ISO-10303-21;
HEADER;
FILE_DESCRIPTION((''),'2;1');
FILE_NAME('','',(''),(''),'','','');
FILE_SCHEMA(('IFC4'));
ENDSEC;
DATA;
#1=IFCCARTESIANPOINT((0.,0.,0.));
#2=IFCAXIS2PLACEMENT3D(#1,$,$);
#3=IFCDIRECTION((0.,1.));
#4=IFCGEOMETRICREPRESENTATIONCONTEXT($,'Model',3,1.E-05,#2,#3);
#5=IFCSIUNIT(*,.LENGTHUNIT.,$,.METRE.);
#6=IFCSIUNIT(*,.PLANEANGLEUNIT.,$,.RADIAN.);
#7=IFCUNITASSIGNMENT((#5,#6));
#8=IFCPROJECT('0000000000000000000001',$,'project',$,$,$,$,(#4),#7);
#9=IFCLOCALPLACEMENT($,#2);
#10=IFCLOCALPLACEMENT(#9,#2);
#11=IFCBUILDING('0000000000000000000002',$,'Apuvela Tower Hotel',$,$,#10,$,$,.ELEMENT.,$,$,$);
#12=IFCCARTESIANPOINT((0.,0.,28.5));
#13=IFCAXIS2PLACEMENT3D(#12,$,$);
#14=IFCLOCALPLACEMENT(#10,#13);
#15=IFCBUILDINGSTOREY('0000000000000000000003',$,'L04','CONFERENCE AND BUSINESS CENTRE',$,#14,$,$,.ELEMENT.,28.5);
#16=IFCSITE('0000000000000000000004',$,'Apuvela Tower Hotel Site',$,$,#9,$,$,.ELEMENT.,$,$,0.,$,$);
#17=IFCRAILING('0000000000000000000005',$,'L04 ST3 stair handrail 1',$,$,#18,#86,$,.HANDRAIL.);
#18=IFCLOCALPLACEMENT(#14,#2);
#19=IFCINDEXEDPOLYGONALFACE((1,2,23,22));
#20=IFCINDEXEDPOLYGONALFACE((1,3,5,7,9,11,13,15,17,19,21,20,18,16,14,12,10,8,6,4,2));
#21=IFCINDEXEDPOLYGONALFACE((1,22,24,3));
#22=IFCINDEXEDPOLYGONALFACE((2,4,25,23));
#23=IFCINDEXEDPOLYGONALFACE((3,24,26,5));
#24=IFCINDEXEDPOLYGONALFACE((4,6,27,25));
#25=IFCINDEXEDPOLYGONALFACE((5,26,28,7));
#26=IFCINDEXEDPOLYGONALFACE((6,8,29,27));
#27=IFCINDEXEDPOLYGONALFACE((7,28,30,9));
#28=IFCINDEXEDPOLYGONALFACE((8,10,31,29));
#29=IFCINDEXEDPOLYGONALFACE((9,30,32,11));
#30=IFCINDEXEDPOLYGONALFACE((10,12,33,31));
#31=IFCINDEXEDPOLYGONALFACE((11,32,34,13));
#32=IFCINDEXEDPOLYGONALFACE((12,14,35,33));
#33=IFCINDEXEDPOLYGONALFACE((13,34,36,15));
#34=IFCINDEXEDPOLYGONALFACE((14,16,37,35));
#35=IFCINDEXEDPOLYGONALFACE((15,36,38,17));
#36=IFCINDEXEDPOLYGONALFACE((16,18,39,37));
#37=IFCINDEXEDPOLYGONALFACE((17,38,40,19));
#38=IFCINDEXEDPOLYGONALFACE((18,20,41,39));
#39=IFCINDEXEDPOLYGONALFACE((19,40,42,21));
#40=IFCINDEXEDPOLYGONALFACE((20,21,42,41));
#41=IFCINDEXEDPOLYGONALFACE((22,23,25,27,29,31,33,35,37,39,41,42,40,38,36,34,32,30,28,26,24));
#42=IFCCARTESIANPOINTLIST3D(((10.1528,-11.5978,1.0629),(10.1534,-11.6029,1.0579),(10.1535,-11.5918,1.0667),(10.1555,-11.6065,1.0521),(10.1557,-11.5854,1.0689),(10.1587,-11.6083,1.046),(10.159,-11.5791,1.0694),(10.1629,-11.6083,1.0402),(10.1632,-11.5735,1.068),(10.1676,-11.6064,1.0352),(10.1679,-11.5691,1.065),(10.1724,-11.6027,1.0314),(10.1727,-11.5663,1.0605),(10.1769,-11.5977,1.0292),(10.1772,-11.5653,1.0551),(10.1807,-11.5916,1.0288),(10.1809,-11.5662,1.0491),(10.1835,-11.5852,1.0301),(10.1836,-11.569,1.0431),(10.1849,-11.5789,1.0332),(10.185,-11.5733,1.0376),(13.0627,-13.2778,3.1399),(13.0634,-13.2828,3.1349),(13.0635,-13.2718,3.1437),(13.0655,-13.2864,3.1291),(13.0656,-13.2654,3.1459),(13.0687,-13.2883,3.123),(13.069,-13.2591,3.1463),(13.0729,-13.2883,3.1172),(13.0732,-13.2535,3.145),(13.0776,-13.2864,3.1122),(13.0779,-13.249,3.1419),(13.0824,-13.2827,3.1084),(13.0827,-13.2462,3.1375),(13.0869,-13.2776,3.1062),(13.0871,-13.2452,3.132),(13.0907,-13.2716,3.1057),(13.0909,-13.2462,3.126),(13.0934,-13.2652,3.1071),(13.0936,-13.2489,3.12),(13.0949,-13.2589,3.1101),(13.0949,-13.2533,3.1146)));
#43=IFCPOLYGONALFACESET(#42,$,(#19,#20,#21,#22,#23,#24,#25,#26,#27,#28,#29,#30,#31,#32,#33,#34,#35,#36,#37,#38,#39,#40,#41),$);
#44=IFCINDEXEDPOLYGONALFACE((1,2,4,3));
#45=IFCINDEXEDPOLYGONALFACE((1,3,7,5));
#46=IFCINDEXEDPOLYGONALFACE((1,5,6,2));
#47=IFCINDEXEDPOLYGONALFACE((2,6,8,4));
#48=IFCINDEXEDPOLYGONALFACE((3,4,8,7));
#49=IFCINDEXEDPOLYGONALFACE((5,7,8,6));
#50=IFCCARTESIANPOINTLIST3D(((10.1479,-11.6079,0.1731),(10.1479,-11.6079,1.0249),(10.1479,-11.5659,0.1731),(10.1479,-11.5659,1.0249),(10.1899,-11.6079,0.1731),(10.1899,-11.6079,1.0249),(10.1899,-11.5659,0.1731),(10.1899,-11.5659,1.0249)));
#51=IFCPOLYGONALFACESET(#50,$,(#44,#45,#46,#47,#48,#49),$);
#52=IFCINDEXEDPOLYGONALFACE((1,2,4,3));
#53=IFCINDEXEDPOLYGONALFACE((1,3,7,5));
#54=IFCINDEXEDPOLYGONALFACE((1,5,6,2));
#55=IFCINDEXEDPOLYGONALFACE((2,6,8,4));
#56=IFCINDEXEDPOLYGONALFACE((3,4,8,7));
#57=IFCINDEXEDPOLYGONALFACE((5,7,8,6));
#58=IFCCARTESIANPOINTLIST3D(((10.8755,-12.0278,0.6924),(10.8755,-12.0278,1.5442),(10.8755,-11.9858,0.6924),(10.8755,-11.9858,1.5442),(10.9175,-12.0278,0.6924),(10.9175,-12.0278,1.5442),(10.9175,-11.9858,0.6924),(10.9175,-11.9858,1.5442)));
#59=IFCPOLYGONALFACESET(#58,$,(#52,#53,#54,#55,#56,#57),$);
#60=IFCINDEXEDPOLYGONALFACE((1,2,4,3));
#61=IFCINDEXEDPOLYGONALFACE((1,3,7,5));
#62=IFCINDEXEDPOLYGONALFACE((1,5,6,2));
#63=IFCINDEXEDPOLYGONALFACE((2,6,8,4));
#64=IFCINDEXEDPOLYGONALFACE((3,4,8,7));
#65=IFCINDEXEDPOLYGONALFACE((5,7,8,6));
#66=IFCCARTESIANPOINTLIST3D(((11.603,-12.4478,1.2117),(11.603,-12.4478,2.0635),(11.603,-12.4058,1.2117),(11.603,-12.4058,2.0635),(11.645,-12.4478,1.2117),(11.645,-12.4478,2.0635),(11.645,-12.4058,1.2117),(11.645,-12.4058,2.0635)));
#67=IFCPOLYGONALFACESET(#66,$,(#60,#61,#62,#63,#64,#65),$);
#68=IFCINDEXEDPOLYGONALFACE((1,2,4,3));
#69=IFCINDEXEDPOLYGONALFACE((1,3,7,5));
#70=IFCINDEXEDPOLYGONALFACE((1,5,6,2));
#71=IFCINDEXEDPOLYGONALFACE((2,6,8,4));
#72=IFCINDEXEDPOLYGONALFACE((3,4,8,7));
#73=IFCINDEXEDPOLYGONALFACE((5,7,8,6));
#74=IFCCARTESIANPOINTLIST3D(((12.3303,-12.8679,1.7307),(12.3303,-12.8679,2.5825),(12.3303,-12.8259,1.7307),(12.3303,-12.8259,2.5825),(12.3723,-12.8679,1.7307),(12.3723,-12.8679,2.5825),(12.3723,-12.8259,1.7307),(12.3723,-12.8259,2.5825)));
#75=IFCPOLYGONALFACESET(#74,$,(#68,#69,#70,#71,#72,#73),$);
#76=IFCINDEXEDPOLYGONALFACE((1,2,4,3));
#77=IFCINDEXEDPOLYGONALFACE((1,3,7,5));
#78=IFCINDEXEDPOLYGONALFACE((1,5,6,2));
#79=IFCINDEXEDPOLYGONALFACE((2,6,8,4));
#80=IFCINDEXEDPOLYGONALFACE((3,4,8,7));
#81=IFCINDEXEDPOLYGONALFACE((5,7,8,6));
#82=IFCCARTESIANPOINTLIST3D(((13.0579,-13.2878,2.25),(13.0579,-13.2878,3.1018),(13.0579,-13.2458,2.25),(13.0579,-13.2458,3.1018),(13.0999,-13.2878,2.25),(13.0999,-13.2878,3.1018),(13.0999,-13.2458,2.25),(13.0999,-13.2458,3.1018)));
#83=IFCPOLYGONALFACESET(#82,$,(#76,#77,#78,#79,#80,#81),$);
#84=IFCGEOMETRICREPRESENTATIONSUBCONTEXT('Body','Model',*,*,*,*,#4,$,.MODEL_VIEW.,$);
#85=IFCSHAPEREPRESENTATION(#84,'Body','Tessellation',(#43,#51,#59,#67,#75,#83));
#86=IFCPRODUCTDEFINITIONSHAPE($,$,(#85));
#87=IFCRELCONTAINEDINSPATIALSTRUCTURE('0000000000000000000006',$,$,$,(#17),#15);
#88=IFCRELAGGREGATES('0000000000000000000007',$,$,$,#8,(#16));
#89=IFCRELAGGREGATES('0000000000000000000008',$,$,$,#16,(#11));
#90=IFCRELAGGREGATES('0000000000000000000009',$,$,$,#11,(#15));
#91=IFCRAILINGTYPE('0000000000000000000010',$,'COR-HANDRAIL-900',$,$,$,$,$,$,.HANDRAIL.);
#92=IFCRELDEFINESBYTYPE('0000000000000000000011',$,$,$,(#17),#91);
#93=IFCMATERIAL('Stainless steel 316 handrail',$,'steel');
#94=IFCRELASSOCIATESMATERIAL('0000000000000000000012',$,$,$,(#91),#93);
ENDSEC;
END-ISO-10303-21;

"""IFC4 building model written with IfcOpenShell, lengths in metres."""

from ifc_helpers import new_model, si_unit, direction, frame, origin, origin_2d, place, context, subcontext, project, spatial, rectangle, circle, extrude, material, type_object, element, save


model = new_model("IFC4")

# Units and contexts
model_context = context("Model", 3, precision=1e-05, world=origin(), true_north=direction((0.0, 1.0)))
body_context = subcontext(model_context, "Body", "Model", "MODEL_VIEW")
ifc_project = project(units=[si_unit("LENGTHUNIT", "METRE"), si_unit("PLANEANGLEUNIT", "RADIAN")], contexts=[model_context])

# Site, building, storey
site_placement = place(None, origin())
site = spatial("IfcSite", under=ifc_project, at=site_placement, Name="Apuvela Tower Hotel Site", CompositionType="ELEMENT", RefElevation=0.0)
building_placement = place(site_placement, origin())
building = spatial("IfcBuilding", under=site, at=building_placement, Name="Apuvela Tower Hotel", CompositionType="ELEMENT")
storey_placement = place(building_placement, frame((0.0, 0.0, 28.5)))
storey = spatial("IfcBuildingStorey", under=building, at=storey_placement, Name="L04", Description="CONFERENCE AND BUSINESS CENTRE", CompositionType="ELEMENT", Elevation=28.5)

# Railing
ifc_material_1 = material(Name="Stainless steel 316 handrail", Category="steel")
railing_type_1 = type_object("IfcRailingType", Name="COR-HANDRAIL-900", PredefinedType="HANDRAIL", material=ifc_material_1)
railing_1_placement = place(storey_placement, frame((10.1689, -11.5869, 0.1731)))
element("IfcRailing", 1, at=railing_1_placement, inside=storey, type_object=railing_type_1, Name="L04 ST3 stair handrail 1", PredefinedType="HANDRAIL", context=body_context, shape_type="SweptSolid", body=[
    extrude(circle(Radius=0.0239, at=origin_2d()), frame((0.0, 0.0, 0.876), z_axis=(0.736668, -0.425288, 0.525785), x_axis=(0.499976, 0.866039, 0.0)), (0.0, 0.0, 1.0), 3.9502),
    extrude(rectangle(XDim=0.042, YDim=0.042, at=origin_2d()), origin(), (0.0, 0.0, 1.0), 0.8518),
    extrude(rectangle(XDim=0.042, YDim=0.042, at=origin_2d()), frame((0.7275, -0.4199, 0.5193)), (0.0, 0.0, 1.0), 0.8518),
    extrude(rectangle(XDim=0.042, YDim=0.042, at=origin_2d()), frame((1.4551, -0.8398, 1.0386)), (0.0, 0.0, 1.0), 0.8518),
    extrude(rectangle(XDim=0.042, YDim=0.042, at=origin_2d()), frame((2.1824, -1.26, 1.5576)), (0.0, 0.0, 1.0), 0.8518),
    extrude(rectangle(XDim=0.042, YDim=0.042, at=origin_2d()), frame((2.9099, -1.6799, 2.0769)), (0.0, 0.0, 1.0), 0.8518),
])

save(model, "model.ifc")
